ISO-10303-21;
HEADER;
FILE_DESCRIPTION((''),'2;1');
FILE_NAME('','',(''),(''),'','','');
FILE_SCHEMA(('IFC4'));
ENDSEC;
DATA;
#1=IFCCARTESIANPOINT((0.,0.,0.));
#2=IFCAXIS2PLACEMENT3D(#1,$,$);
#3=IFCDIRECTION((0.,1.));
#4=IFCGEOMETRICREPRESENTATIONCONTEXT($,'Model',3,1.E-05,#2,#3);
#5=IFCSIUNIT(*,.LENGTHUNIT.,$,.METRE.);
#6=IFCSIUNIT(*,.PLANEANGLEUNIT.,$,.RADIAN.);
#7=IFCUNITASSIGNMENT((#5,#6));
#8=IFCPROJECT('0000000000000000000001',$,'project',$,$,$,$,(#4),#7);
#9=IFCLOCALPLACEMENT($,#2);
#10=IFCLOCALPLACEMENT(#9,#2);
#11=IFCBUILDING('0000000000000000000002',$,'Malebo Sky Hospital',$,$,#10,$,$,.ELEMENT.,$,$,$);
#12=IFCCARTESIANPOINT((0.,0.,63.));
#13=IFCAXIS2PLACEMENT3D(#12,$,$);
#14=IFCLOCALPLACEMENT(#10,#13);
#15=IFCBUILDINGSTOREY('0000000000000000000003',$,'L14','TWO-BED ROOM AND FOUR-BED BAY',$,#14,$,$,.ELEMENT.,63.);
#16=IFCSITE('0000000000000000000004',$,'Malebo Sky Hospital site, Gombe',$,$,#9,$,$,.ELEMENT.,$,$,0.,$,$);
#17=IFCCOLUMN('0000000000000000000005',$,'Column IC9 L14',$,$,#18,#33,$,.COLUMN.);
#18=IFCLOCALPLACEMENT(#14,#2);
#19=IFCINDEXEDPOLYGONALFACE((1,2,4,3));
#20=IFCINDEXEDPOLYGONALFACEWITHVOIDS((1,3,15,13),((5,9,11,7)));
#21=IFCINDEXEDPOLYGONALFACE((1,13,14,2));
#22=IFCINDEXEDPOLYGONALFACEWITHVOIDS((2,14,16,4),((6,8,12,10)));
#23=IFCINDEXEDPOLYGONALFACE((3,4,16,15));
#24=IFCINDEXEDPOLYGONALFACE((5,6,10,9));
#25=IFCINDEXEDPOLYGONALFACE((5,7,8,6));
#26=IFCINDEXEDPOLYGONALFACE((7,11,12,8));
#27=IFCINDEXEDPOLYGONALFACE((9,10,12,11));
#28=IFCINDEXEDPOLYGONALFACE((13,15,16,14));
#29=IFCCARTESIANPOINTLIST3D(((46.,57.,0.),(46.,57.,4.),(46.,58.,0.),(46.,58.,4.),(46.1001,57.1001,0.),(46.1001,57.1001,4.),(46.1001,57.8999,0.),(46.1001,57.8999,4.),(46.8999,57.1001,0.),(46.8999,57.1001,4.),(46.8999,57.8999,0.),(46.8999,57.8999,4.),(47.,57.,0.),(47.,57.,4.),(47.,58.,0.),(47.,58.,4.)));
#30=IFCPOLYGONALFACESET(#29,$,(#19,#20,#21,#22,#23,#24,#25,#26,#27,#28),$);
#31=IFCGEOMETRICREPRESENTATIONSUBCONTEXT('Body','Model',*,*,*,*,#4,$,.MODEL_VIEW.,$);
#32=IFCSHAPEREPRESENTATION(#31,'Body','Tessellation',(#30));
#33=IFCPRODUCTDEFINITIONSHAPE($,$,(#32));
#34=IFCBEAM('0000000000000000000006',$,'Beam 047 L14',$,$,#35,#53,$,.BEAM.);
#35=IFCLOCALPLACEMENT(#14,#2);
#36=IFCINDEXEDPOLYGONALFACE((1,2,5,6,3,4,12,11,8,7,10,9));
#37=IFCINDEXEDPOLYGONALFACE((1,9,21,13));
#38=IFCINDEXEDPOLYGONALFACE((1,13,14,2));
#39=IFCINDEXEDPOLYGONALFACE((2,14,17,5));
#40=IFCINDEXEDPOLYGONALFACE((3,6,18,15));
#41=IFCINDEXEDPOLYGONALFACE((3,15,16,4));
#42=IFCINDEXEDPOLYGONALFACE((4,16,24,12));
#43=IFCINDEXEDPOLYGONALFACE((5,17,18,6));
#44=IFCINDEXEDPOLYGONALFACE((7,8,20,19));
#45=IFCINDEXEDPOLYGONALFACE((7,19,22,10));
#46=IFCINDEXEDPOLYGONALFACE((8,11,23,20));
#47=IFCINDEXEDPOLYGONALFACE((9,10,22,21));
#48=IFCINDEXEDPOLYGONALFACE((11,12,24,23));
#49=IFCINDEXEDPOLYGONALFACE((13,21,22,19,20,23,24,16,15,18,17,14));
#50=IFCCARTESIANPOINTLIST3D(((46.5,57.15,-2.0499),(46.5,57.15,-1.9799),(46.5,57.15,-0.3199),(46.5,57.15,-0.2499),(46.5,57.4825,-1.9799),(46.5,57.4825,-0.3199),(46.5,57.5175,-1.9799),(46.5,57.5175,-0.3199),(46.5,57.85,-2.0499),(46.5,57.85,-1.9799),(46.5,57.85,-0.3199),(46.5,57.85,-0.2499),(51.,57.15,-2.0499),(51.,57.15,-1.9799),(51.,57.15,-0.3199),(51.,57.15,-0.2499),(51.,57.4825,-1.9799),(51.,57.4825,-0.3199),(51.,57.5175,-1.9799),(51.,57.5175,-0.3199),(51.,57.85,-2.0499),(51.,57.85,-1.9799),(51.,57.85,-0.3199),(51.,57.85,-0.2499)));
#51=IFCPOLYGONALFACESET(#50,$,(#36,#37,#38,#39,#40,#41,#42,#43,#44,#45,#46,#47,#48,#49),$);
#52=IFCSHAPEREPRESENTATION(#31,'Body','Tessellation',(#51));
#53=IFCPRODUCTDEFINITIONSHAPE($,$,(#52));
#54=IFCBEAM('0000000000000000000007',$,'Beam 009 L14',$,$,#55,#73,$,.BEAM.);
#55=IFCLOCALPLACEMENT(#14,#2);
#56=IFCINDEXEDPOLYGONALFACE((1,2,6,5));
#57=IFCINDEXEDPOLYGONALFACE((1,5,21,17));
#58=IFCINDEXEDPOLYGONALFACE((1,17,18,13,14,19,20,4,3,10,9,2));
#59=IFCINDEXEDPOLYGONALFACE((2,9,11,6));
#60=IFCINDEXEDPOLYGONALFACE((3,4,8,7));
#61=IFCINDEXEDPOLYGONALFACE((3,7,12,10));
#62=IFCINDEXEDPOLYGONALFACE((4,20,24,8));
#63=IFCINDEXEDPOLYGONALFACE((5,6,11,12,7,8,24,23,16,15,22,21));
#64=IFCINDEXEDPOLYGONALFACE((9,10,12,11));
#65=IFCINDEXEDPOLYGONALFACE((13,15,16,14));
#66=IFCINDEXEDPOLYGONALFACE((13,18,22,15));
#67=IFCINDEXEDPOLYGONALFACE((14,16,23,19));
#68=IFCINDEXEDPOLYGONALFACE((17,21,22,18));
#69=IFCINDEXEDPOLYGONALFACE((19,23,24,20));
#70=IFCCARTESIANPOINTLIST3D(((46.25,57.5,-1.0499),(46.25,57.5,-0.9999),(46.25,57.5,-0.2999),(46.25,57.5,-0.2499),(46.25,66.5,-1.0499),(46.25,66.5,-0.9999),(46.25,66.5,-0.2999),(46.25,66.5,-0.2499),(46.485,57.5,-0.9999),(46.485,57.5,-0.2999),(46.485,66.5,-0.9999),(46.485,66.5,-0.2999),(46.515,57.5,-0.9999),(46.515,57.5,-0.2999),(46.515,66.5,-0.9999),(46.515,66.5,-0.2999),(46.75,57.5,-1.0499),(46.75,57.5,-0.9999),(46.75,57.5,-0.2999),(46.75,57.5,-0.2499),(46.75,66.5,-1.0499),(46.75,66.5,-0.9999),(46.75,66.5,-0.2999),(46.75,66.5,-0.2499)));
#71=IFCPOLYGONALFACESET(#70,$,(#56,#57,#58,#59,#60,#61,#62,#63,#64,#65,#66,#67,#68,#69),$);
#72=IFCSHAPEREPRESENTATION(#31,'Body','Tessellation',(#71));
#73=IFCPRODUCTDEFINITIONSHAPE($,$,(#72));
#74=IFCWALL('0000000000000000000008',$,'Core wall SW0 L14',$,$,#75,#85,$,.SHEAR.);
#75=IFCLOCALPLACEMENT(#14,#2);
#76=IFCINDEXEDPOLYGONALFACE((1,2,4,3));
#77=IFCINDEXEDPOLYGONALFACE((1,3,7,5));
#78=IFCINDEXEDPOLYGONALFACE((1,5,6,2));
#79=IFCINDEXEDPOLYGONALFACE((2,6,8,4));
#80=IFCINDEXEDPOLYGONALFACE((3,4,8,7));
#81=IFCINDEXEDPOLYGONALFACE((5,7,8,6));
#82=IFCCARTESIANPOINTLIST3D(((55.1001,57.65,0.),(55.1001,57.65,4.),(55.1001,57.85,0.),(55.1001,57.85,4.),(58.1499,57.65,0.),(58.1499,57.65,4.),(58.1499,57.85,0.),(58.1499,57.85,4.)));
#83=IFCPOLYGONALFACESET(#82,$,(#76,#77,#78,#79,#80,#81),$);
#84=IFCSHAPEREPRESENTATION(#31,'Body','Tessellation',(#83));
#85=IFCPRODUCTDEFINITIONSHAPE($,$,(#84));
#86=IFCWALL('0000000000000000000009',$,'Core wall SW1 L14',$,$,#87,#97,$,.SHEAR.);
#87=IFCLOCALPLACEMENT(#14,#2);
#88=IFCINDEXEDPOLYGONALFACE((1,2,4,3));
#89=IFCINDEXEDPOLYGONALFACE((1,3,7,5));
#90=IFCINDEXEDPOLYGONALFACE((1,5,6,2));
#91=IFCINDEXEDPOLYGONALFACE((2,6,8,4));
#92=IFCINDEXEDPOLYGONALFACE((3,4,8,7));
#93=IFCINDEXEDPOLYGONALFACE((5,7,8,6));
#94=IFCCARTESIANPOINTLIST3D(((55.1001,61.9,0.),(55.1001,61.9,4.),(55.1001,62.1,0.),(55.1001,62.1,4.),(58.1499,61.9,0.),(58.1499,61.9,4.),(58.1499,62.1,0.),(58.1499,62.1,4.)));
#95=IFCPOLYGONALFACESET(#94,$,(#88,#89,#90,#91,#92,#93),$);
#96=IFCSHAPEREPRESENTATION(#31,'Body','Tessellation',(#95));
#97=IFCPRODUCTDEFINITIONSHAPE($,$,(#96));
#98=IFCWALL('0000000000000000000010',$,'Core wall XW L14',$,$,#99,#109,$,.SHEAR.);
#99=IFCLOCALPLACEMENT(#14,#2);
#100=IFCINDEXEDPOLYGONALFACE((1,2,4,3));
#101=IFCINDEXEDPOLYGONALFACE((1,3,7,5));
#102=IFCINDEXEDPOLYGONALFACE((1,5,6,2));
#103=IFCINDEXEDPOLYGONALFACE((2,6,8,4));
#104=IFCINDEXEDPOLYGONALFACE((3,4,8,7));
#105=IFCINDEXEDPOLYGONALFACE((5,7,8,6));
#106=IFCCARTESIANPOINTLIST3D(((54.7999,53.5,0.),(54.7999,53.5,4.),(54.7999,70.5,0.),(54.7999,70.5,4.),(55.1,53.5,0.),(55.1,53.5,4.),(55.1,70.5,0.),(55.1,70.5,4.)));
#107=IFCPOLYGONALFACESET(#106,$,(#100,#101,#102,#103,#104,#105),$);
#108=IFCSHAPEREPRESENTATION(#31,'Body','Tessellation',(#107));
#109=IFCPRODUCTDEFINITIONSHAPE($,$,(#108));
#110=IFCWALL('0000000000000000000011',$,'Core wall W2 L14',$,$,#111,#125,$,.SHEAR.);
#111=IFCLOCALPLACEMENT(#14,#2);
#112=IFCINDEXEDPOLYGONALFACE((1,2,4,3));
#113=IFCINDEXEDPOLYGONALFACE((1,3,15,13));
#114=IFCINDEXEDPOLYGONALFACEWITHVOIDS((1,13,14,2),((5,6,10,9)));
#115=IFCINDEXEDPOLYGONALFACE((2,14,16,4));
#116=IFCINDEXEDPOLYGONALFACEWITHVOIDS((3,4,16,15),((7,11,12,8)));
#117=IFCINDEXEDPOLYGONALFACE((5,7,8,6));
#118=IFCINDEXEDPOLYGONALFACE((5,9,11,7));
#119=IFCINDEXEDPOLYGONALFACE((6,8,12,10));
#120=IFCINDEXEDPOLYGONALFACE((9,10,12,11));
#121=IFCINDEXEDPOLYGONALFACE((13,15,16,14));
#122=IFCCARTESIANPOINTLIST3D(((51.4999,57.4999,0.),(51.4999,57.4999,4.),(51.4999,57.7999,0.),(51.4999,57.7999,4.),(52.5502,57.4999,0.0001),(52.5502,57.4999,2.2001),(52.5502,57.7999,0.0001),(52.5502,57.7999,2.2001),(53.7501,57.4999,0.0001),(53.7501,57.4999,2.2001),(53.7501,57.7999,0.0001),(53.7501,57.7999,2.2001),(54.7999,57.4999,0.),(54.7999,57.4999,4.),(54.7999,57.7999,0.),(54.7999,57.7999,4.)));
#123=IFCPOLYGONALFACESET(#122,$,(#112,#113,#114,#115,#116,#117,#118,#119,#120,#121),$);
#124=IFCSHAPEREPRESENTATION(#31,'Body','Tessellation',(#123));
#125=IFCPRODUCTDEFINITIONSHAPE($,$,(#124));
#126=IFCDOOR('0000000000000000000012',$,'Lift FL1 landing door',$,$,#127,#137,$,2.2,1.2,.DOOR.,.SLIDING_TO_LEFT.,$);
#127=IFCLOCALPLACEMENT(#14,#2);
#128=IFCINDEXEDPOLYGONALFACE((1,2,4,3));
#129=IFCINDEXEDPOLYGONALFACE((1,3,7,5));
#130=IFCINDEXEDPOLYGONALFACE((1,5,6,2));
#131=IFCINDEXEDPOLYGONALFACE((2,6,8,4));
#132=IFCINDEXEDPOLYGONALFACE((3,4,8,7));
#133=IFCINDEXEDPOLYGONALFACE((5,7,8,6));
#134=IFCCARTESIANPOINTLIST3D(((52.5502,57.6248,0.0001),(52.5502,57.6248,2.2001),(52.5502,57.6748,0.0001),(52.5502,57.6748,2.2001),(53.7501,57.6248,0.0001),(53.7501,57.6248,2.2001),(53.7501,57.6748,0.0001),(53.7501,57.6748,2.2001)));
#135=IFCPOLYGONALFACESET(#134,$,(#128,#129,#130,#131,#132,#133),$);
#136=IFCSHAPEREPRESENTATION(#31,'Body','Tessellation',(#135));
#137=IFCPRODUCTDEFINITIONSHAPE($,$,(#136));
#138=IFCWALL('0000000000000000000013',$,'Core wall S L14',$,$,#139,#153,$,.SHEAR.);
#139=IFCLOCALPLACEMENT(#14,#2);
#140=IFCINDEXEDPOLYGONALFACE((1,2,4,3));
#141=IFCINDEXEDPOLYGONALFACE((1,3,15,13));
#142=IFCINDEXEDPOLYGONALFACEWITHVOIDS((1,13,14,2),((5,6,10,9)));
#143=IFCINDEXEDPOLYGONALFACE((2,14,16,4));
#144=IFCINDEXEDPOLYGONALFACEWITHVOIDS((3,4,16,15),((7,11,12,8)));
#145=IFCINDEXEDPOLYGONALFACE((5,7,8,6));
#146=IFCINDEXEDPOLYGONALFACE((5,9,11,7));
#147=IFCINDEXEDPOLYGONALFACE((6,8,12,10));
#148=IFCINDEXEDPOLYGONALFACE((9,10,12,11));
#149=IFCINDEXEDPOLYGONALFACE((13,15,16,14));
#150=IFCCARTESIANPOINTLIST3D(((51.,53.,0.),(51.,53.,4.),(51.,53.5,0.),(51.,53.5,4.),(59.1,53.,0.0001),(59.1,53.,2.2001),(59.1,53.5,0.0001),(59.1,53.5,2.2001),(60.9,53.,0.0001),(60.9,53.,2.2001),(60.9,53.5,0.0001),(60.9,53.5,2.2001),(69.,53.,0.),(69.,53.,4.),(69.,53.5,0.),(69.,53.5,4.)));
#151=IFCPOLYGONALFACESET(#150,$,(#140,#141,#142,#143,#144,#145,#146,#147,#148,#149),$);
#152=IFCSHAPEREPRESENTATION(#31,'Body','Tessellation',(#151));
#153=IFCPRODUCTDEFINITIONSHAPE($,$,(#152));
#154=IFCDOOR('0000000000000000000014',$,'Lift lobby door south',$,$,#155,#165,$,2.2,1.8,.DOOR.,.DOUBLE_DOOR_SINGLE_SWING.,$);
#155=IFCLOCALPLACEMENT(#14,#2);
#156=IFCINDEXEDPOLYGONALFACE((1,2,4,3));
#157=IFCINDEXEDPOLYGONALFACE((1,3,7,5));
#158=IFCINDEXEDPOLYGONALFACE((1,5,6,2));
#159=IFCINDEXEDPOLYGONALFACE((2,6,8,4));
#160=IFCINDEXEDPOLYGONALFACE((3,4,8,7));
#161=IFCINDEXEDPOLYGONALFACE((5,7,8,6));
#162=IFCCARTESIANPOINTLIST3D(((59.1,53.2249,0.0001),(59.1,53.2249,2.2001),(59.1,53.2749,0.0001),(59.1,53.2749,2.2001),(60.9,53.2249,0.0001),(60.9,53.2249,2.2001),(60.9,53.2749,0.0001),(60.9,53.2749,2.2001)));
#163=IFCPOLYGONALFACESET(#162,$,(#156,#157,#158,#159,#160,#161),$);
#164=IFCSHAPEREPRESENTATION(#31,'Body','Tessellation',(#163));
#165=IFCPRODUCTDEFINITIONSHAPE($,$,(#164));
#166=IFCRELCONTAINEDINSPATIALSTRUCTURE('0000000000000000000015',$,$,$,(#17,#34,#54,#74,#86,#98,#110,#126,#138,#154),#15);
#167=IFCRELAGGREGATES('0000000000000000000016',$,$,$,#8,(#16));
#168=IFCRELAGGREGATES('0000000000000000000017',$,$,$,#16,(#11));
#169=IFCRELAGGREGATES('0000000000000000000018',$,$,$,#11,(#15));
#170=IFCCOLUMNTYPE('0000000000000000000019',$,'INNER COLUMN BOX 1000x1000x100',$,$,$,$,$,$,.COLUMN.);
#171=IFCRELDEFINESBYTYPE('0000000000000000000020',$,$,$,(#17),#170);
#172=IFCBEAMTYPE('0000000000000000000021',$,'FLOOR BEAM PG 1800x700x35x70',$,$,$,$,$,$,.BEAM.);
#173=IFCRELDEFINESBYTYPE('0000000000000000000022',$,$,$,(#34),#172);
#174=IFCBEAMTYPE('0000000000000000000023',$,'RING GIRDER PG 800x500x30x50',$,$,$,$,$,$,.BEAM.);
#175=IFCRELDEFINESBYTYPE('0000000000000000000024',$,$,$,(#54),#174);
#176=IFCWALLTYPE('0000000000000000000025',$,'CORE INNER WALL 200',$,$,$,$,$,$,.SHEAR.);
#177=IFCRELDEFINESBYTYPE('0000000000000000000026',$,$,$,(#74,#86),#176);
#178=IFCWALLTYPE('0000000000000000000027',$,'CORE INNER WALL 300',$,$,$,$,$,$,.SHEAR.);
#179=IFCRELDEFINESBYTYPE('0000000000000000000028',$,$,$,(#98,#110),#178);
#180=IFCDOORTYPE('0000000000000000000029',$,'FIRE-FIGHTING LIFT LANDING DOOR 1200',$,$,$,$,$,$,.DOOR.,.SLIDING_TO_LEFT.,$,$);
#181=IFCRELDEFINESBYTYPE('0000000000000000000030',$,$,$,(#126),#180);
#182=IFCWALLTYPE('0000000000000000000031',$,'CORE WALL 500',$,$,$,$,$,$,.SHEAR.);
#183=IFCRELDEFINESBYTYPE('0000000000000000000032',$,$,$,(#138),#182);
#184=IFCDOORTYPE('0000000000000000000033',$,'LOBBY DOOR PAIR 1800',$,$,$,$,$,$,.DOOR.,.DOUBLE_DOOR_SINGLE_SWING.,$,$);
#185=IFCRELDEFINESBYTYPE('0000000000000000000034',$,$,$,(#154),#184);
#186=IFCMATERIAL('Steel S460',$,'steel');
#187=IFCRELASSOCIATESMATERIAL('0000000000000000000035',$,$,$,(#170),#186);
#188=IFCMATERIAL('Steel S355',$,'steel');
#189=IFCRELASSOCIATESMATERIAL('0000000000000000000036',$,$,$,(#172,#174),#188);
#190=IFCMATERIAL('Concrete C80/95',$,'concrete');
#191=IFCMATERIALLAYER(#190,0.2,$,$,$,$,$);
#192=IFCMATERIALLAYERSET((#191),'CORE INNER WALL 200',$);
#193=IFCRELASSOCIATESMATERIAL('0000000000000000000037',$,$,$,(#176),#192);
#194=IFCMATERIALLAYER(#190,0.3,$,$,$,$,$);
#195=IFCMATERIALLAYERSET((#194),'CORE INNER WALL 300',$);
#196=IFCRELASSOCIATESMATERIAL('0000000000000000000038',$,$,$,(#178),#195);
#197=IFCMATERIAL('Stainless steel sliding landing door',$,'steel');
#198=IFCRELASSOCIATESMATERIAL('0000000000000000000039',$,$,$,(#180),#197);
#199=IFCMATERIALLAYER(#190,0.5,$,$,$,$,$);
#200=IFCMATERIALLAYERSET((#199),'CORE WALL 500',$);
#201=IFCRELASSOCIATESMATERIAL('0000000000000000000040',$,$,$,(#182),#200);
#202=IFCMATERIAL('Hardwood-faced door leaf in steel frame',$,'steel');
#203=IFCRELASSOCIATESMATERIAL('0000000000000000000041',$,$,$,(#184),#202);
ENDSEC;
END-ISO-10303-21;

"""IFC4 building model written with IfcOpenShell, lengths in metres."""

from ifc_helpers import new_model, si_unit, direction, frame, frame_2d, origin, origin_2d, place, context, subcontext, project, spatial, rectangle, hollow_rectangle, i_section, extrude, material, layer, layer_set, material_profile, profile_set, type_object, element, fill, save


model = new_model("IFC4")

# Units and contexts
model_context = context("Model", 3, precision=1e-05, world=origin(), true_north=direction((0.0, 1.0)))
body_context = subcontext(model_context, "Body", "Model", "MODEL_VIEW")
ifc_project = project(units=[si_unit("LENGTHUNIT", "METRE"), si_unit("PLANEANGLEUNIT", "RADIAN")], contexts=[model_context])

# Site, building, storey
site_placement = place(None, origin())
site = spatial("IfcSite", under=ifc_project, at=site_placement, Name="Malebo Sky Hospital site, Gombe", CompositionType="ELEMENT", RefElevation=0.0)
building_placement = place(site_placement, origin())
building = spatial("IfcBuilding", under=site, at=building_placement, Name="Malebo Sky Hospital", CompositionType="ELEMENT")
storey_placement = place(building_placement, frame((0.0, 0.0, 63.0)))
storey = spatial("IfcBuildingStorey", under=building, at=storey_placement, Name="L14", Description="TWO-BED ROOM AND FOUR-BED BAY", CompositionType="ELEMENT", Elevation=63.0)

# Column
ifc_material_1 = material(Name="Steel S460", Category="steel")
ifc_material_profile_1 = material_profile(ifc_material_1, hollow_rectangle(XDim=1.0, YDim=1.0, WallThickness=0.1001, at=origin_2d()), Name="BOX 1000x1000x100")
ifc_profile_set_1 = profile_set([ifc_material_profile_1], Name="Steel S460")
column_type = type_object("IfcColumnType", Name="INNER COLUMN BOX 1000x1000x100", PredefinedType="COLUMN", material=ifc_profile_set_1)
column_placement = place(storey_placement, frame((46.5, 57.5, 0.0), z_axis=(0.0, 0.0, 1.0), x_axis=(1.0, 0.0, 0.0)))
element("IfcColumn", 1, at=column_placement, inside=storey, type_object=column_type, Name="Column IC9 L14", PredefinedType="COLUMN", context=body_context, shape_type="SweptSolid", body=[
    extrude(hollow_rectangle(XDim=1.0, YDim=1.0, WallThickness=0.1001, at=origin_2d()), origin(), (0.0, 0.0, 1.0), 4.0),
])

# Beams
ifc_material_2 = material(Name="Steel S355", Category="steel")
ifc_material_profile_2 = material_profile(ifc_material_2, i_section(OverallWidth=0.7, OverallDepth=1.8, WebThickness=0.0349, FlangeThickness=0.0701, at=origin_2d()), Name="PG 1800x700x35x70")
ifc_profile_set_2 = profile_set([ifc_material_profile_2], Name="Steel S355")
beam_type_1 = type_object("IfcBeamType", Name="FLOOR BEAM PG 1800x700x35x70", PredefinedType="BEAM", material=ifc_profile_set_2)
beam_1_placement = place(storey_placement, frame((46.5, 57.5, -1.1499), z_axis=(1.0, 0.0, 0.0), x_axis=(0.0, 1.0, 0.0)))
element("IfcBeam", 2, at=beam_1_placement, inside=storey, type_object=beam_type_1, Name="Beam 047 L14", PredefinedType="BEAM", context=body_context, shape_type="SweptSolid", body=[
    extrude(i_section(OverallWidth=0.7, OverallDepth=1.8, WebThickness=0.0349, FlangeThickness=0.0701, at=origin_2d()), origin(), (0.0, 0.0, 1.0), 4.5),
])
ifc_material_profile_3 = material_profile(ifc_material_2, i_section(OverallWidth=0.5, OverallDepth=0.8, WebThickness=0.03, FlangeThickness=0.05, at=origin_2d()), Name="PG 800x500x30x50")
ifc_profile_set_3 = profile_set([ifc_material_profile_3], Name="Steel S355")
beam_type_2 = type_object("IfcBeamType", Name="RING GIRDER PG 800x500x30x50", PredefinedType="BEAM", material=ifc_profile_set_3)
beam_2_placement = place(storey_placement, frame((46.5, 57.5, -0.6499), z_axis=(0.0, 1.0, 0.0), x_axis=(-1.0, 0.0, 0.0)))
element("IfcBeam", 3, at=beam_2_placement, inside=storey, type_object=beam_type_2, Name="Beam 009 L14", PredefinedType="BEAM", context=body_context, shape_type="SweptSolid", body=[
    extrude(i_section(OverallWidth=0.5, OverallDepth=0.8, WebThickness=0.03, FlangeThickness=0.05, at=origin_2d()), origin(), (0.0, 0.0, 1.0), 9.0),
])

# Walls
ifc_material_3 = material(Name="Concrete C80/95", Category="concrete")
ifc_layer_1 = layer(ifc_material_3, 0.2)
ifc_layer_set_1 = layer_set([ifc_layer_1], Name="CORE INNER WALL 200")
wall_type_1 = type_object("IfcWallType", Name="CORE INNER WALL 200", PredefinedType="SHEAR", material=ifc_layer_set_1)
for number, where, z_axis, x_axis, name in (
    (4, (55.1001, 57.75, 0.0), (0.0, 0.0, 1.0), (1.0, 0.0, 0.0), "Core wall SW0 L14"),
    (5, (55.1001, 62.0, 0.0), (0.0, 0.0, 1.0), (1.0, 0.0, 0.0), "Core wall SW1 L14"),
):
    element("IfcWall", number, at=place(storey_placement, frame(where, z_axis=z_axis, x_axis=x_axis)), inside=storey, type_object=wall_type_1, Name=name, PredefinedType="SHEAR", context=body_context, shape_type="SweptSolid", body=[
        extrude(rectangle(XDim=3.0498, YDim=0.2, at=frame_2d((1.5249, 0.0))), origin(), (0.0, 0.0, 1.0), 4.0),
    ])
ifc_layer_2 = layer(ifc_material_3, 0.3)
ifc_layer_set_2 = layer_set([ifc_layer_2], Name="CORE INNER WALL 300")
wall_type_2 = type_object("IfcWallType", Name="CORE INNER WALL 300", PredefinedType="SHEAR", material=ifc_layer_set_2)
wall_1_placement = place(storey_placement, frame((54.95, 53.5, 0.0), z_axis=(0.0, 0.0, 1.0), x_axis=(0.0, 1.0, 0.0)))
element("IfcWall", 6, at=wall_1_placement, inside=storey, type_object=wall_type_2, Name="Core wall XW L14", PredefinedType="SHEAR", context=body_context, shape_type="SweptSolid", body=[
    extrude(rectangle(XDim=17.0, YDim=0.3, at=frame_2d((8.5, 0.0))), origin(), (0.0, 0.0, 1.0), 4.0),
])

# Walls, openings, doors
wall_2_placement = place(storey_placement, frame((51.5, 57.6499, 0.0), z_axis=(0.0, 0.0, 1.0), x_axis=(1.0, 0.0, 0.0)))
wall_2 = element("IfcWall", 7, at=wall_2_placement, inside=storey, type_object=wall_type_2, Name="Core wall W2 L14", PredefinedType="SHEAR", context=body_context, shape_type="SweptSolid", body=[
    extrude(rectangle(XDim=3.3, YDim=0.3, at=frame_2d((1.6499, 0.0))), origin(), (0.0, 0.0, 1.0), 4.0),
])
opening_1_placement = place(wall_2_placement, frame((1.05, 0.0, 0.0)))
opening_1 = element("IfcOpeningElement", 8, at=opening_1_placement, cuts=wall_2, PredefinedType="OPENING", context=body_context, shape_type="SweptSolid", body=[
    extrude(rectangle(XDim=1.2, YDim=2.2, at=frame_2d((0.6001, 1.1001))), frame((0.0, 0.1599, 0.0), z_axis=(0.0, -1.0, 0.0), x_axis=(1.0, 0.0, 0.0)), (0.0, 0.0, 1.0), 0.3201),
])
ifc_material_4 = material(Name="Stainless steel sliding landing door", Category="steel")
door_type_1 = type_object("IfcDoorType", Name="FIRE-FIGHTING LIFT LANDING DOOR 1200", OperationType="SLIDING_TO_LEFT", PredefinedType="DOOR", material=ifc_material_4)
door_1_placement = place(opening_1_placement, origin())
door_1 = element("IfcDoor", 9, at=door_1_placement, inside=storey, type_object=door_type_1, Name="Lift FL1 landing door", OperationType="SLIDING_TO_LEFT", OverallHeight=2.2, OverallWidth=1.2, PredefinedType="DOOR", context=body_context, shape_type="SweptSolid", body=[
    extrude(rectangle(XDim=1.2, YDim=2.2, at=frame_2d((0.6001, 1.1001))), frame((0.0, 0.0249, 0.0), z_axis=(0.0, -1.0, 0.0), x_axis=(1.0, 0.0, 0.0)), (0.0, 0.0, 1.0), 0.05),
])
fill(opening_1, door_1)
ifc_layer_3 = layer(ifc_material_3, 0.5)
ifc_layer_set_3 = layer_set([ifc_layer_3], Name="CORE WALL 500")
wall_type_3 = type_object("IfcWallType", Name="CORE WALL 500", PredefinedType="SHEAR", material=ifc_layer_set_3)
wall_3_placement = place(storey_placement, frame((51.0, 53.25, 0.0), z_axis=(0.0, 0.0, 1.0), x_axis=(1.0, 0.0, 0.0)))
wall_3 = element("IfcWall", 10, at=wall_3_placement, inside=storey, type_object=wall_type_3, Name="Core wall S L14", PredefinedType="SHEAR", context=body_context, shape_type="SweptSolid", body=[
    extrude(rectangle(XDim=18.0, YDim=0.5, at=frame_2d((9.0, 0.0))), origin(), (0.0, 0.0, 1.0), 4.0),
])
opening_2_placement = place(wall_3_placement, frame((8.1001, 0.0, 0.0)))
opening_2 = element("IfcOpeningElement", 11, at=opening_2_placement, cuts=wall_3, PredefinedType="OPENING", context=body_context, shape_type="SweptSolid", body=[
    extrude(rectangle(XDim=1.8, YDim=2.2, at=frame_2d((0.8999, 1.1001))), frame((0.0, 0.26, 0.0), z_axis=(0.0, -1.0, 0.0), x_axis=(1.0, 0.0, 0.0)), (0.0, 0.0, 1.0), 0.52),
])
ifc_material_5 = material(Name="Hardwood-faced door leaf in steel frame", Category="steel")
door_type_2 = type_object("IfcDoorType", Name="LOBBY DOOR PAIR 1800", OperationType="DOUBLE_DOOR_SINGLE_SWING", PredefinedType="DOOR", material=ifc_material_5)
door_2_placement = place(opening_2_placement, origin())
door_2 = element("IfcDoor", 12, at=door_2_placement, inside=storey, type_object=door_type_2, Name="Lift lobby door south", OperationType="DOUBLE_DOOR_SINGLE_SWING", OverallHeight=2.2, OverallWidth=1.8, PredefinedType="DOOR", context=body_context, shape_type="SweptSolid", body=[
    extrude(rectangle(XDim=1.8, YDim=2.2, at=frame_2d((0.8999, 1.1001))), frame((0.0, 0.0249, 0.0), z_axis=(0.0, -1.0, 0.0), x_axis=(1.0, 0.0, 0.0)), (0.0, 0.0, 1.0), 0.05),
])
fill(opening_2, door_2)

save(model, "model.ifc")
